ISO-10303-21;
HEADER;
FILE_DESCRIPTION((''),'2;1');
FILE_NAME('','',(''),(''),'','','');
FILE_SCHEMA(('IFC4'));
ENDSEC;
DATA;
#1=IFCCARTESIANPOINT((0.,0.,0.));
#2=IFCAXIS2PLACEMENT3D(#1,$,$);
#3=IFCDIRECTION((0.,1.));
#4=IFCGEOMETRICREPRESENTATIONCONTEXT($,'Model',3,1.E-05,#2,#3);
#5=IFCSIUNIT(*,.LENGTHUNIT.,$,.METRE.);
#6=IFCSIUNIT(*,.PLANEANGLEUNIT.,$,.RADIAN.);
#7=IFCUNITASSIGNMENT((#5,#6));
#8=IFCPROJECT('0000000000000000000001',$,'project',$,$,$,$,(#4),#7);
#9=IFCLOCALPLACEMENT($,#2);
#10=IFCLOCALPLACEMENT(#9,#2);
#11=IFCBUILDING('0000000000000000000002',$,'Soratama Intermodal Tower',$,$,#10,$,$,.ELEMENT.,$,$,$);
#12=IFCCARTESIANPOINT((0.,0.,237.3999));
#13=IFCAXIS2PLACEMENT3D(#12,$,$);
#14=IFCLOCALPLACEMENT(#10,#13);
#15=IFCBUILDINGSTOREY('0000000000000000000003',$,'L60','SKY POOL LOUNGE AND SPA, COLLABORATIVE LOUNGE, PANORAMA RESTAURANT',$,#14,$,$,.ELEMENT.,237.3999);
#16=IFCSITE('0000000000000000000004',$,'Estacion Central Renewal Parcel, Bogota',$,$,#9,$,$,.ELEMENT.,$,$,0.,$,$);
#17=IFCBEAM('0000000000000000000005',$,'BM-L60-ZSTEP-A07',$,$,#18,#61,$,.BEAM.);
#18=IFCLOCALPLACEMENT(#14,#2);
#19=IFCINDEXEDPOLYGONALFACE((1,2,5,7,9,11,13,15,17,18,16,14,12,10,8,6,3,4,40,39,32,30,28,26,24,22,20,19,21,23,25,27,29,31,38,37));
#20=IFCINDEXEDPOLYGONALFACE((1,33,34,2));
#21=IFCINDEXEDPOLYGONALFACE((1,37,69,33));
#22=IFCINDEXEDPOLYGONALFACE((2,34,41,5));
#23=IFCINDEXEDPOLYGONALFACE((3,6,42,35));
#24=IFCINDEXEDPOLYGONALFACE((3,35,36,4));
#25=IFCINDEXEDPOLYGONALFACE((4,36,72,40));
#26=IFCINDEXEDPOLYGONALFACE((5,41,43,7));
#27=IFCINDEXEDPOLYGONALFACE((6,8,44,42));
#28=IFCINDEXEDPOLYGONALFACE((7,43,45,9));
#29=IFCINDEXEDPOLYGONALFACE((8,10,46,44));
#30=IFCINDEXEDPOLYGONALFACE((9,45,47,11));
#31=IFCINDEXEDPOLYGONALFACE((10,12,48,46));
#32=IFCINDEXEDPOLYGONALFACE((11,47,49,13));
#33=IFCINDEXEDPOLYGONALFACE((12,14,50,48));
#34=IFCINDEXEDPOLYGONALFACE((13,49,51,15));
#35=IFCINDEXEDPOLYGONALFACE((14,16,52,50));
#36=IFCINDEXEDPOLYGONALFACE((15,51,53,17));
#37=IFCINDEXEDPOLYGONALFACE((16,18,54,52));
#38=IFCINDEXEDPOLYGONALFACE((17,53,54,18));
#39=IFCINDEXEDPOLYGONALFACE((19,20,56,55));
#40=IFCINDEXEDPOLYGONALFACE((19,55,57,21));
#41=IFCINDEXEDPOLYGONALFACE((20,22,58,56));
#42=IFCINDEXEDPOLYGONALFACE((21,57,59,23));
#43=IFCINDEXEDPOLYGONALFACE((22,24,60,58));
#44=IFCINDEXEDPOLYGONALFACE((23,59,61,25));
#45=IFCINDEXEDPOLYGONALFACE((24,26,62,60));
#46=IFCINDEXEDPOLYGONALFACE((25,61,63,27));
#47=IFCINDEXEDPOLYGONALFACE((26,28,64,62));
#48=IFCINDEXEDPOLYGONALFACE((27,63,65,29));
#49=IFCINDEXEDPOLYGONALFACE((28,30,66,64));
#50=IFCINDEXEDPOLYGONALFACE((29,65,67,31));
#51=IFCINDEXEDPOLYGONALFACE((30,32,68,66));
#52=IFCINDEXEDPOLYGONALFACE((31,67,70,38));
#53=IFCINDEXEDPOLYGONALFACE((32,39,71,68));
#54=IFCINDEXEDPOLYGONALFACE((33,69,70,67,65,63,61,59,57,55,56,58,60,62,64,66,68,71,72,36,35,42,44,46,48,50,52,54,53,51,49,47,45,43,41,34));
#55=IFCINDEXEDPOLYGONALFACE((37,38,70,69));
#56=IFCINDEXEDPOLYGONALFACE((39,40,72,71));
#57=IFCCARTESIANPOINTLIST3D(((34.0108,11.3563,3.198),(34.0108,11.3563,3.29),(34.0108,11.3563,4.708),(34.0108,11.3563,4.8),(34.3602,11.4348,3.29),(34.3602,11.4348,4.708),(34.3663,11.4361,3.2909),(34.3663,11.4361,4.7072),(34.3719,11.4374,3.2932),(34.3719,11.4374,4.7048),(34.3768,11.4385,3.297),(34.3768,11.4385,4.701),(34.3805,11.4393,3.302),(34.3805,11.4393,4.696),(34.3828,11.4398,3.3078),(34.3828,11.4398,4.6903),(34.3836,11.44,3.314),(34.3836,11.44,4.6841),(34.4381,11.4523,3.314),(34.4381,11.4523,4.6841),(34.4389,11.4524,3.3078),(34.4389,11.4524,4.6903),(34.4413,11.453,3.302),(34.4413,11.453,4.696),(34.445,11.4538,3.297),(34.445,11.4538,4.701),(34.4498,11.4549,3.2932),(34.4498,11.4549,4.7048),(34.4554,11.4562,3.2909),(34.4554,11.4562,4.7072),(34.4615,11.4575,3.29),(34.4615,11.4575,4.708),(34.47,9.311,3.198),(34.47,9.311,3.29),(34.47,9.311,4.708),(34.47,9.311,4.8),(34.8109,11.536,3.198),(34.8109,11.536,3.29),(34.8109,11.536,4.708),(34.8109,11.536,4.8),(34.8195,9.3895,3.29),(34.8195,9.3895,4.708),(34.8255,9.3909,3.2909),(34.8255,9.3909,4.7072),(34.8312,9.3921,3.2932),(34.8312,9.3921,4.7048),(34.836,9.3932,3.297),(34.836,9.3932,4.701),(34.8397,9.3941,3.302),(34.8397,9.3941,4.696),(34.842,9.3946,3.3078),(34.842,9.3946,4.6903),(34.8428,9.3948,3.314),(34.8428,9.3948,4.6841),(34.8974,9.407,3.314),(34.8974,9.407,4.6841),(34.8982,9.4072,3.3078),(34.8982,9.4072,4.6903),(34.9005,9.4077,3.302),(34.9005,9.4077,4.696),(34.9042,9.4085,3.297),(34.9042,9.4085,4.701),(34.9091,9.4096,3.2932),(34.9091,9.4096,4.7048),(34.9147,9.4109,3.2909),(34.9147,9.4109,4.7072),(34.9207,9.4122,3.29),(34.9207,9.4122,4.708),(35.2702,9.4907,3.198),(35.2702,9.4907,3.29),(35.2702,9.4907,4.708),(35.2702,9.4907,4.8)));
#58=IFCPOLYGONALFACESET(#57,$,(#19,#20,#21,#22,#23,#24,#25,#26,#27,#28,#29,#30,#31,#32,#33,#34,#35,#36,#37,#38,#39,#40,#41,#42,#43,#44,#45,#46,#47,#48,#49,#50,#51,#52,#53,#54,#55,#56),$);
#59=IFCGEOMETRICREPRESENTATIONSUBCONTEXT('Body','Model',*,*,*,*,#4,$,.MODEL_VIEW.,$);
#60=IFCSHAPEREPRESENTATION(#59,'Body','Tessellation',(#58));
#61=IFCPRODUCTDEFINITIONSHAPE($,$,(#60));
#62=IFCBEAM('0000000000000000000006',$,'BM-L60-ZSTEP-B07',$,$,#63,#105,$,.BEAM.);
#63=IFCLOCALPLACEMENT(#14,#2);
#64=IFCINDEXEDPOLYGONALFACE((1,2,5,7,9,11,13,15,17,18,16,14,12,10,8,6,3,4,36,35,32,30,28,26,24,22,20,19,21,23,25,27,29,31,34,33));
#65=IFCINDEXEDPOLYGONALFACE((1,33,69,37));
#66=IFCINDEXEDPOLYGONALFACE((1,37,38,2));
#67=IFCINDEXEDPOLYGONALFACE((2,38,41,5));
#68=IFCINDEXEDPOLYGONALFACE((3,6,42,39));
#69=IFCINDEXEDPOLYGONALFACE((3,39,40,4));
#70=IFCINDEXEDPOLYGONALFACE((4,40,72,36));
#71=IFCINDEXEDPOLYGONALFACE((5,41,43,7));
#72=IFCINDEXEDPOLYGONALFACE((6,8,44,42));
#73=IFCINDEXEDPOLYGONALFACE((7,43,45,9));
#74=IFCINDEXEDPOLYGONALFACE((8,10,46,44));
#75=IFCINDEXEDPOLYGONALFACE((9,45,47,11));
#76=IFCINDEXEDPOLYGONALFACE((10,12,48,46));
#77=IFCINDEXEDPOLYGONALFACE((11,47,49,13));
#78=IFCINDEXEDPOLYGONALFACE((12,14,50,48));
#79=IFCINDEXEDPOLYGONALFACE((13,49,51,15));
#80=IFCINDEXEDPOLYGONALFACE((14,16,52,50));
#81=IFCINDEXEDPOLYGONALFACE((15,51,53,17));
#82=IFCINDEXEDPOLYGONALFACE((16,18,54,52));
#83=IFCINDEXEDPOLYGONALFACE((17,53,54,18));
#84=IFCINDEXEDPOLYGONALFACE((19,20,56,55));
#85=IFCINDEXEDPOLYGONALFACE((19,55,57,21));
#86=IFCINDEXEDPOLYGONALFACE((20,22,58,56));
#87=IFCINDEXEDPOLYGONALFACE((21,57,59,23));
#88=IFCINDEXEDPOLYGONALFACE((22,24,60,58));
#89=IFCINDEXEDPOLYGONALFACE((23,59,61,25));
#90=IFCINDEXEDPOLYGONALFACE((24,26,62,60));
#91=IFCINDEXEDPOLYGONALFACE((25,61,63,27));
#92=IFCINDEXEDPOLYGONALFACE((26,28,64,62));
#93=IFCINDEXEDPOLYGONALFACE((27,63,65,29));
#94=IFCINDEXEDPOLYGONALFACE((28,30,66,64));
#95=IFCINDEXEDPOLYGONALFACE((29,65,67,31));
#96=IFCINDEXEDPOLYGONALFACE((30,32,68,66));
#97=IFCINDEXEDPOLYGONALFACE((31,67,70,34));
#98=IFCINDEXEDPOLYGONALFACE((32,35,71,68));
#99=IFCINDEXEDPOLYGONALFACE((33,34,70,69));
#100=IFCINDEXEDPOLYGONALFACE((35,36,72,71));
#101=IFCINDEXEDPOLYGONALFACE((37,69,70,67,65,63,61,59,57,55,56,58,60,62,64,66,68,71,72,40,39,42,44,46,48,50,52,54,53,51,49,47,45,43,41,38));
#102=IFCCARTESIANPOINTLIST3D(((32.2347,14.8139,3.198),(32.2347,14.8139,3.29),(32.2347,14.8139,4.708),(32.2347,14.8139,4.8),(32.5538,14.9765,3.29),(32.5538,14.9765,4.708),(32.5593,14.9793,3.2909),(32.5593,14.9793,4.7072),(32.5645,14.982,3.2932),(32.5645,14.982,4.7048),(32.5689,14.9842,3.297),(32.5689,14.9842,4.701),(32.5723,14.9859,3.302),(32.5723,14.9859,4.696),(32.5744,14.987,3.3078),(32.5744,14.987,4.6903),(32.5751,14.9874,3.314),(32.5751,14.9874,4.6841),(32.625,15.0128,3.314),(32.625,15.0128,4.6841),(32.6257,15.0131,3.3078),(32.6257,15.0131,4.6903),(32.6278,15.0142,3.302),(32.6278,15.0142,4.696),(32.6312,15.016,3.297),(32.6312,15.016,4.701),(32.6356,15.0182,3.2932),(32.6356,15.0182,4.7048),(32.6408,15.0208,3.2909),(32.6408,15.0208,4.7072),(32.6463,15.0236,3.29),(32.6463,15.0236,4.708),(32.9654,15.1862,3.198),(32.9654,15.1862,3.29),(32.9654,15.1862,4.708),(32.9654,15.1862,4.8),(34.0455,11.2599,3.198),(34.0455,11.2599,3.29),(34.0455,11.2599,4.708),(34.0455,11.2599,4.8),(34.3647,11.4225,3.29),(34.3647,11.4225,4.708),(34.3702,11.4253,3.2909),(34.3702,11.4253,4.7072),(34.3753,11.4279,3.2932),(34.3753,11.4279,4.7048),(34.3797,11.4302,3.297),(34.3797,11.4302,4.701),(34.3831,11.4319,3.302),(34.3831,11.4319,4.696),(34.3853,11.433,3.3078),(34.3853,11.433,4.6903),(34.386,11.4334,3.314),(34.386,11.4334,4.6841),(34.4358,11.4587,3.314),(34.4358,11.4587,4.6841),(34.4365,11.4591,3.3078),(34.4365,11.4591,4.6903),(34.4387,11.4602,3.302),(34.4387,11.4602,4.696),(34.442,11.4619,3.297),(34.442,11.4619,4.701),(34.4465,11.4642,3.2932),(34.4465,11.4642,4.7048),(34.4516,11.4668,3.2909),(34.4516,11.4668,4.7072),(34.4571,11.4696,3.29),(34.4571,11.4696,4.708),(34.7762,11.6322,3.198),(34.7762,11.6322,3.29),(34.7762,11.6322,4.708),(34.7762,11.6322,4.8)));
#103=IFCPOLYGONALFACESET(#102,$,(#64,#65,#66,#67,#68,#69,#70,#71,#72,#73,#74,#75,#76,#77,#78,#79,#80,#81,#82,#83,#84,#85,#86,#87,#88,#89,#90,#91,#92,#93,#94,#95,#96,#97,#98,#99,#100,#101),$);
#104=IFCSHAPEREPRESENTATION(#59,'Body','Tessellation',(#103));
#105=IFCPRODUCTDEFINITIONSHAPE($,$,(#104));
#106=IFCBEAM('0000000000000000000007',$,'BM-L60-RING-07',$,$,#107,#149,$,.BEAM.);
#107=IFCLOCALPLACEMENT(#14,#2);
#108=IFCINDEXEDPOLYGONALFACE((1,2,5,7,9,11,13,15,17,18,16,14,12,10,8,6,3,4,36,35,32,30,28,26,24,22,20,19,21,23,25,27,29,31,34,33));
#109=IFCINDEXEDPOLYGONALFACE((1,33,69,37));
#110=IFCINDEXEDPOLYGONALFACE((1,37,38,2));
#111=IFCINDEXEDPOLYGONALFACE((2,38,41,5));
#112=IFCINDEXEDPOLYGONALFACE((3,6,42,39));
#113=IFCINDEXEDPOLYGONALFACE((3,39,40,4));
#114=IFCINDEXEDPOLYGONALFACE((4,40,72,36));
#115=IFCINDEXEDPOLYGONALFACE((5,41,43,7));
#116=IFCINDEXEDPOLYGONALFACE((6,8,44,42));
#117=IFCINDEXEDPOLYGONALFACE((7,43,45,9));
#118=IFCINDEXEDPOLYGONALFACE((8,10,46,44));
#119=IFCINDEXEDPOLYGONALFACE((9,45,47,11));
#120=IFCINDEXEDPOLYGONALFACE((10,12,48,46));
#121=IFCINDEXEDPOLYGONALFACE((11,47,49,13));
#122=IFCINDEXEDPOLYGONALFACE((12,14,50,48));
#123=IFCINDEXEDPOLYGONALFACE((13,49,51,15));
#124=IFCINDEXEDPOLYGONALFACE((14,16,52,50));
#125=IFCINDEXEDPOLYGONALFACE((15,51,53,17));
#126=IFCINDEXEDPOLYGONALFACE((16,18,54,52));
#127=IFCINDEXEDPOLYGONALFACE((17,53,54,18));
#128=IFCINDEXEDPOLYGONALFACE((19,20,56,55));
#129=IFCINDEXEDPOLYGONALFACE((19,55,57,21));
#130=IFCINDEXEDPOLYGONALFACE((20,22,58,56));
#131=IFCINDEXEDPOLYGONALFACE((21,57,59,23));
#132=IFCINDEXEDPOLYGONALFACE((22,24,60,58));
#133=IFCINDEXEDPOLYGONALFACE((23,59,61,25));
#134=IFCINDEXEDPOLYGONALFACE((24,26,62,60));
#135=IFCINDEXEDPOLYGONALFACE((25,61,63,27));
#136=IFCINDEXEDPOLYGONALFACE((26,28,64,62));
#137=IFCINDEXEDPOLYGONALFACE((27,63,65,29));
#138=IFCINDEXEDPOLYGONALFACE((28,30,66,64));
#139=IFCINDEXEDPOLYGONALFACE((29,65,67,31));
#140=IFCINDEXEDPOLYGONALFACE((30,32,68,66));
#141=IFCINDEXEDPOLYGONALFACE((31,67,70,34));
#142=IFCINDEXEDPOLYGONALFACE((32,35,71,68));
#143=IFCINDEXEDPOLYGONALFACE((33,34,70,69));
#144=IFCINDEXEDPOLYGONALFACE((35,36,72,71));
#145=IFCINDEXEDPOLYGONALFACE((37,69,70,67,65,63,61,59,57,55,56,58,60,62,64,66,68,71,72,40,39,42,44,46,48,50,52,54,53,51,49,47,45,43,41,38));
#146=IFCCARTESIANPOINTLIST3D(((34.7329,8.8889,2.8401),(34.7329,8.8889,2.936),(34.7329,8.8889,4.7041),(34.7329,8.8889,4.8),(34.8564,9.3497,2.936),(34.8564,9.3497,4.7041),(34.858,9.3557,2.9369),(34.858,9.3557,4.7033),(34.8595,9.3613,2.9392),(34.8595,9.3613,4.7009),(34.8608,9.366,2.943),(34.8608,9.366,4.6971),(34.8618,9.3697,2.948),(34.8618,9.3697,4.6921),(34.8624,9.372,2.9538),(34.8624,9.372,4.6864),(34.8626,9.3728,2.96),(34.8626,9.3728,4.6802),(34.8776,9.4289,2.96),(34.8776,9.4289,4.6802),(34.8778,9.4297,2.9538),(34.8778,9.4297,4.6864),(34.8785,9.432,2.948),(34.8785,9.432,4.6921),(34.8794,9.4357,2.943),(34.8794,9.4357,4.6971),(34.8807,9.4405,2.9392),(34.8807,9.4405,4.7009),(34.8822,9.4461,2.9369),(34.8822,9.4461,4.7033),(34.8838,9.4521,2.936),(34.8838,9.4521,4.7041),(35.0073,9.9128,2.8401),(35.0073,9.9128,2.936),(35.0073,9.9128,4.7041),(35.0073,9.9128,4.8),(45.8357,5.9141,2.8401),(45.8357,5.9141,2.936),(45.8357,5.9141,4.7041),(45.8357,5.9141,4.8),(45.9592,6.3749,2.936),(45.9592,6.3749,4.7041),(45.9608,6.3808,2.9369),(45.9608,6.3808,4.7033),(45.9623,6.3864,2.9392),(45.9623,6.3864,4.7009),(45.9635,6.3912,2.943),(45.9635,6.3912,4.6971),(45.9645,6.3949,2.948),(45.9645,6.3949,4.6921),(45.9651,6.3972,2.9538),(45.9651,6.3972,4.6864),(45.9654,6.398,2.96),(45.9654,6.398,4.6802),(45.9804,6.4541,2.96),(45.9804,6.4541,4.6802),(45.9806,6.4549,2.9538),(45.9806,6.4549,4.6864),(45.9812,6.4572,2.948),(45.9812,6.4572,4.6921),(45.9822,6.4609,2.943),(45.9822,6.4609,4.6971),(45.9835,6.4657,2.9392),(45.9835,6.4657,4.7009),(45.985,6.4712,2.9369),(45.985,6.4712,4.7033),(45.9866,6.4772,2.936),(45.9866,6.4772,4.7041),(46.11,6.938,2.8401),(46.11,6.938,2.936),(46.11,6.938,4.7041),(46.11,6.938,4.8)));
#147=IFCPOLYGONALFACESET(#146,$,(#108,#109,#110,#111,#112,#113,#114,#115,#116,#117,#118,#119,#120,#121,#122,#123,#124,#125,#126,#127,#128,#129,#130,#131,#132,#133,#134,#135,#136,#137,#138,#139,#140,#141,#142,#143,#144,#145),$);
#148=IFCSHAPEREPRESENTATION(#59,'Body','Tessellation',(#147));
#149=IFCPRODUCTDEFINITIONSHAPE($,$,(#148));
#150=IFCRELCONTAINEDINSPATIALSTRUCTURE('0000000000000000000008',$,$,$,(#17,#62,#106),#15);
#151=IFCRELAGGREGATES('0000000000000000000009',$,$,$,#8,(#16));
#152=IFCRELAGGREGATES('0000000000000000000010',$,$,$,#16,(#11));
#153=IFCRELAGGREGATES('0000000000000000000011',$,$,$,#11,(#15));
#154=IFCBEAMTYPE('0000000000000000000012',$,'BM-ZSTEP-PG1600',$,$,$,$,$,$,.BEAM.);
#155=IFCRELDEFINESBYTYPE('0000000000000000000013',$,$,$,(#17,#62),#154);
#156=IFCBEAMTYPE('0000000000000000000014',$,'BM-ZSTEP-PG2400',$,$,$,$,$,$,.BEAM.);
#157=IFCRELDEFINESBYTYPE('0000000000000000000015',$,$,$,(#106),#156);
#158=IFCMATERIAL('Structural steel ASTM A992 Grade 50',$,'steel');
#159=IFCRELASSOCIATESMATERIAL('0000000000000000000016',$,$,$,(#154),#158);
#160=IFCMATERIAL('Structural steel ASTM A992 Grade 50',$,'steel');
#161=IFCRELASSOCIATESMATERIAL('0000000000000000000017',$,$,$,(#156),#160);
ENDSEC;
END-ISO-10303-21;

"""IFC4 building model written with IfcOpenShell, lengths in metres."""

from ifc_helpers import new_model, si_unit, direction, frame, origin, origin_2d, place, context, subcontext, project, spatial, i_section, extrude, material, material_profile, profile_set, type_object, element, save


model = new_model("IFC4")

# Units and contexts
model_context = context("Model", 3, precision=1e-05, world=origin(), true_north=direction((0.0, 1.0)))
body_context = subcontext(model_context, "Body", "Model", "MODEL_VIEW")
ifc_project = project(units=[si_unit("LENGTHUNIT", "METRE"), si_unit("PLANEANGLEUNIT", "RADIAN")], contexts=[model_context])

# Site, building, storey
site_placement = place(None, origin())
site = spatial("IfcSite", under=ifc_project, at=site_placement, Name="Estacion Central Renewal Parcel, Bogota", CompositionType="ELEMENT", RefElevation=0.0)
building_placement = place(site_placement, origin())
building = spatial("IfcBuilding", under=site, at=building_placement, Name="Soratama Intermodal Tower", CompositionType="ELEMENT")
storey_placement = place(building_placement, frame((0.0, 0.0, 237.3999)))
storey = spatial("IfcBuildingStorey", under=building, at=storey_placement, Name="L60", Description="SKY POOL LOUNGE AND SPA, COLLABORATIVE LOUNGE, PANORAMA RESTAURANT", CompositionType="ELEMENT", Elevation=237.3999)

# Beams
ifc_material_1 = material(Name="Structural steel ASTM A992 Grade 50", Category="steel")
ifc_material_profile_1 = material_profile(ifc_material_1, i_section(OverallWidth=0.8201, OverallDepth=1.6021, WebThickness=0.0559, FlangeThickness=0.092, FilletRadius=0.0239, at=origin_2d()), Name="PG1600X650")
ifc_profile_set_1 = profile_set([ifc_material_profile_1], Name="Structural steel ASTM A992 Grade 50")
beam_type_1 = type_object("IfcBeamType", Name="BM-ZSTEP-PG1600", PredefinedType="BEAM", material=ifc_profile_set_1)
beam_1_placement = place(storey_placement, frame((34.8701, 9.4009, 3.999), z_axis=(-0.219088, 0.975705, 0.0), x_axis=(-0.975705, -0.219088, 0.0)))
element("IfcBeam", 1, at=beam_1_placement, inside=storey, type_object=beam_type_1, Name="BM-L60-ZSTEP-A07", PredefinedType="BEAM", context=body_context, shape_type="SweptSolid", body=[
    extrude(i_section(OverallWidth=0.8201, OverallDepth=1.6021, WebThickness=0.0559, FlangeThickness=0.092, FilletRadius=0.0239, at=origin_2d()), origin(), (0.0, 0.0, 1.0), 2.0962),
])
beam_2_placement = place(storey_placement, frame((34.4109, 11.446, 3.999), z_axis=(-0.453983, 0.891011, 0.0), x_axis=(-0.891011, -0.453983, 0.0)))
element("IfcBeam", 2, at=beam_2_placement, inside=storey, type_object=beam_type_1, Name="BM-L60-ZSTEP-B07", PredefinedType="BEAM", context=body_context, shape_type="SweptSolid", body=[
    extrude(i_section(OverallWidth=0.8201, OverallDepth=1.6021, WebThickness=0.0559, FlangeThickness=0.092, FilletRadius=0.0239, at=origin_2d()), origin(), (0.0, 0.0, 1.0), 3.9888),
])
ifc_material_2 = material(Name="Structural steel ASTM A992 Grade 50", Category="steel")
ifc_material_profile_2 = material_profile(ifc_material_2, i_section(OverallWidth=1.0601, OverallDepth=1.96, WebThickness=0.0581, FlangeThickness=0.0959, FilletRadius=0.0239, at=origin_2d()), Name="PG2400X900")
ifc_profile_set_2 = profile_set([ifc_material_profile_2], Name="Structural steel ASTM A992 Grade 50")
beam_type_2 = type_object("IfcBeamType", Name="BM-ZSTEP-PG2400", PredefinedType="BEAM", material=ifc_profile_set_2)
beam_3_placement = place(storey_placement, frame((34.8701, 9.4009, 3.8201), z_axis=(0.965929, -0.258809, 0.0), x_axis=(0.258809, 0.965929, 0.0)))
element("IfcBeam", 3, at=beam_3_placement, inside=storey, type_object=beam_type_2, Name="BM-L60-RING-07", PredefinedType="BEAM", context=body_context, shape_type="SweptSolid", body=[
    extrude(i_section(OverallWidth=1.0601, OverallDepth=1.96, WebThickness=0.0581, FlangeThickness=0.0959, FilletRadius=0.0239, at=origin_2d()), origin(), (0.0, 0.0, 1.0), 11.4944),
])

save(model, "model.ifc")
